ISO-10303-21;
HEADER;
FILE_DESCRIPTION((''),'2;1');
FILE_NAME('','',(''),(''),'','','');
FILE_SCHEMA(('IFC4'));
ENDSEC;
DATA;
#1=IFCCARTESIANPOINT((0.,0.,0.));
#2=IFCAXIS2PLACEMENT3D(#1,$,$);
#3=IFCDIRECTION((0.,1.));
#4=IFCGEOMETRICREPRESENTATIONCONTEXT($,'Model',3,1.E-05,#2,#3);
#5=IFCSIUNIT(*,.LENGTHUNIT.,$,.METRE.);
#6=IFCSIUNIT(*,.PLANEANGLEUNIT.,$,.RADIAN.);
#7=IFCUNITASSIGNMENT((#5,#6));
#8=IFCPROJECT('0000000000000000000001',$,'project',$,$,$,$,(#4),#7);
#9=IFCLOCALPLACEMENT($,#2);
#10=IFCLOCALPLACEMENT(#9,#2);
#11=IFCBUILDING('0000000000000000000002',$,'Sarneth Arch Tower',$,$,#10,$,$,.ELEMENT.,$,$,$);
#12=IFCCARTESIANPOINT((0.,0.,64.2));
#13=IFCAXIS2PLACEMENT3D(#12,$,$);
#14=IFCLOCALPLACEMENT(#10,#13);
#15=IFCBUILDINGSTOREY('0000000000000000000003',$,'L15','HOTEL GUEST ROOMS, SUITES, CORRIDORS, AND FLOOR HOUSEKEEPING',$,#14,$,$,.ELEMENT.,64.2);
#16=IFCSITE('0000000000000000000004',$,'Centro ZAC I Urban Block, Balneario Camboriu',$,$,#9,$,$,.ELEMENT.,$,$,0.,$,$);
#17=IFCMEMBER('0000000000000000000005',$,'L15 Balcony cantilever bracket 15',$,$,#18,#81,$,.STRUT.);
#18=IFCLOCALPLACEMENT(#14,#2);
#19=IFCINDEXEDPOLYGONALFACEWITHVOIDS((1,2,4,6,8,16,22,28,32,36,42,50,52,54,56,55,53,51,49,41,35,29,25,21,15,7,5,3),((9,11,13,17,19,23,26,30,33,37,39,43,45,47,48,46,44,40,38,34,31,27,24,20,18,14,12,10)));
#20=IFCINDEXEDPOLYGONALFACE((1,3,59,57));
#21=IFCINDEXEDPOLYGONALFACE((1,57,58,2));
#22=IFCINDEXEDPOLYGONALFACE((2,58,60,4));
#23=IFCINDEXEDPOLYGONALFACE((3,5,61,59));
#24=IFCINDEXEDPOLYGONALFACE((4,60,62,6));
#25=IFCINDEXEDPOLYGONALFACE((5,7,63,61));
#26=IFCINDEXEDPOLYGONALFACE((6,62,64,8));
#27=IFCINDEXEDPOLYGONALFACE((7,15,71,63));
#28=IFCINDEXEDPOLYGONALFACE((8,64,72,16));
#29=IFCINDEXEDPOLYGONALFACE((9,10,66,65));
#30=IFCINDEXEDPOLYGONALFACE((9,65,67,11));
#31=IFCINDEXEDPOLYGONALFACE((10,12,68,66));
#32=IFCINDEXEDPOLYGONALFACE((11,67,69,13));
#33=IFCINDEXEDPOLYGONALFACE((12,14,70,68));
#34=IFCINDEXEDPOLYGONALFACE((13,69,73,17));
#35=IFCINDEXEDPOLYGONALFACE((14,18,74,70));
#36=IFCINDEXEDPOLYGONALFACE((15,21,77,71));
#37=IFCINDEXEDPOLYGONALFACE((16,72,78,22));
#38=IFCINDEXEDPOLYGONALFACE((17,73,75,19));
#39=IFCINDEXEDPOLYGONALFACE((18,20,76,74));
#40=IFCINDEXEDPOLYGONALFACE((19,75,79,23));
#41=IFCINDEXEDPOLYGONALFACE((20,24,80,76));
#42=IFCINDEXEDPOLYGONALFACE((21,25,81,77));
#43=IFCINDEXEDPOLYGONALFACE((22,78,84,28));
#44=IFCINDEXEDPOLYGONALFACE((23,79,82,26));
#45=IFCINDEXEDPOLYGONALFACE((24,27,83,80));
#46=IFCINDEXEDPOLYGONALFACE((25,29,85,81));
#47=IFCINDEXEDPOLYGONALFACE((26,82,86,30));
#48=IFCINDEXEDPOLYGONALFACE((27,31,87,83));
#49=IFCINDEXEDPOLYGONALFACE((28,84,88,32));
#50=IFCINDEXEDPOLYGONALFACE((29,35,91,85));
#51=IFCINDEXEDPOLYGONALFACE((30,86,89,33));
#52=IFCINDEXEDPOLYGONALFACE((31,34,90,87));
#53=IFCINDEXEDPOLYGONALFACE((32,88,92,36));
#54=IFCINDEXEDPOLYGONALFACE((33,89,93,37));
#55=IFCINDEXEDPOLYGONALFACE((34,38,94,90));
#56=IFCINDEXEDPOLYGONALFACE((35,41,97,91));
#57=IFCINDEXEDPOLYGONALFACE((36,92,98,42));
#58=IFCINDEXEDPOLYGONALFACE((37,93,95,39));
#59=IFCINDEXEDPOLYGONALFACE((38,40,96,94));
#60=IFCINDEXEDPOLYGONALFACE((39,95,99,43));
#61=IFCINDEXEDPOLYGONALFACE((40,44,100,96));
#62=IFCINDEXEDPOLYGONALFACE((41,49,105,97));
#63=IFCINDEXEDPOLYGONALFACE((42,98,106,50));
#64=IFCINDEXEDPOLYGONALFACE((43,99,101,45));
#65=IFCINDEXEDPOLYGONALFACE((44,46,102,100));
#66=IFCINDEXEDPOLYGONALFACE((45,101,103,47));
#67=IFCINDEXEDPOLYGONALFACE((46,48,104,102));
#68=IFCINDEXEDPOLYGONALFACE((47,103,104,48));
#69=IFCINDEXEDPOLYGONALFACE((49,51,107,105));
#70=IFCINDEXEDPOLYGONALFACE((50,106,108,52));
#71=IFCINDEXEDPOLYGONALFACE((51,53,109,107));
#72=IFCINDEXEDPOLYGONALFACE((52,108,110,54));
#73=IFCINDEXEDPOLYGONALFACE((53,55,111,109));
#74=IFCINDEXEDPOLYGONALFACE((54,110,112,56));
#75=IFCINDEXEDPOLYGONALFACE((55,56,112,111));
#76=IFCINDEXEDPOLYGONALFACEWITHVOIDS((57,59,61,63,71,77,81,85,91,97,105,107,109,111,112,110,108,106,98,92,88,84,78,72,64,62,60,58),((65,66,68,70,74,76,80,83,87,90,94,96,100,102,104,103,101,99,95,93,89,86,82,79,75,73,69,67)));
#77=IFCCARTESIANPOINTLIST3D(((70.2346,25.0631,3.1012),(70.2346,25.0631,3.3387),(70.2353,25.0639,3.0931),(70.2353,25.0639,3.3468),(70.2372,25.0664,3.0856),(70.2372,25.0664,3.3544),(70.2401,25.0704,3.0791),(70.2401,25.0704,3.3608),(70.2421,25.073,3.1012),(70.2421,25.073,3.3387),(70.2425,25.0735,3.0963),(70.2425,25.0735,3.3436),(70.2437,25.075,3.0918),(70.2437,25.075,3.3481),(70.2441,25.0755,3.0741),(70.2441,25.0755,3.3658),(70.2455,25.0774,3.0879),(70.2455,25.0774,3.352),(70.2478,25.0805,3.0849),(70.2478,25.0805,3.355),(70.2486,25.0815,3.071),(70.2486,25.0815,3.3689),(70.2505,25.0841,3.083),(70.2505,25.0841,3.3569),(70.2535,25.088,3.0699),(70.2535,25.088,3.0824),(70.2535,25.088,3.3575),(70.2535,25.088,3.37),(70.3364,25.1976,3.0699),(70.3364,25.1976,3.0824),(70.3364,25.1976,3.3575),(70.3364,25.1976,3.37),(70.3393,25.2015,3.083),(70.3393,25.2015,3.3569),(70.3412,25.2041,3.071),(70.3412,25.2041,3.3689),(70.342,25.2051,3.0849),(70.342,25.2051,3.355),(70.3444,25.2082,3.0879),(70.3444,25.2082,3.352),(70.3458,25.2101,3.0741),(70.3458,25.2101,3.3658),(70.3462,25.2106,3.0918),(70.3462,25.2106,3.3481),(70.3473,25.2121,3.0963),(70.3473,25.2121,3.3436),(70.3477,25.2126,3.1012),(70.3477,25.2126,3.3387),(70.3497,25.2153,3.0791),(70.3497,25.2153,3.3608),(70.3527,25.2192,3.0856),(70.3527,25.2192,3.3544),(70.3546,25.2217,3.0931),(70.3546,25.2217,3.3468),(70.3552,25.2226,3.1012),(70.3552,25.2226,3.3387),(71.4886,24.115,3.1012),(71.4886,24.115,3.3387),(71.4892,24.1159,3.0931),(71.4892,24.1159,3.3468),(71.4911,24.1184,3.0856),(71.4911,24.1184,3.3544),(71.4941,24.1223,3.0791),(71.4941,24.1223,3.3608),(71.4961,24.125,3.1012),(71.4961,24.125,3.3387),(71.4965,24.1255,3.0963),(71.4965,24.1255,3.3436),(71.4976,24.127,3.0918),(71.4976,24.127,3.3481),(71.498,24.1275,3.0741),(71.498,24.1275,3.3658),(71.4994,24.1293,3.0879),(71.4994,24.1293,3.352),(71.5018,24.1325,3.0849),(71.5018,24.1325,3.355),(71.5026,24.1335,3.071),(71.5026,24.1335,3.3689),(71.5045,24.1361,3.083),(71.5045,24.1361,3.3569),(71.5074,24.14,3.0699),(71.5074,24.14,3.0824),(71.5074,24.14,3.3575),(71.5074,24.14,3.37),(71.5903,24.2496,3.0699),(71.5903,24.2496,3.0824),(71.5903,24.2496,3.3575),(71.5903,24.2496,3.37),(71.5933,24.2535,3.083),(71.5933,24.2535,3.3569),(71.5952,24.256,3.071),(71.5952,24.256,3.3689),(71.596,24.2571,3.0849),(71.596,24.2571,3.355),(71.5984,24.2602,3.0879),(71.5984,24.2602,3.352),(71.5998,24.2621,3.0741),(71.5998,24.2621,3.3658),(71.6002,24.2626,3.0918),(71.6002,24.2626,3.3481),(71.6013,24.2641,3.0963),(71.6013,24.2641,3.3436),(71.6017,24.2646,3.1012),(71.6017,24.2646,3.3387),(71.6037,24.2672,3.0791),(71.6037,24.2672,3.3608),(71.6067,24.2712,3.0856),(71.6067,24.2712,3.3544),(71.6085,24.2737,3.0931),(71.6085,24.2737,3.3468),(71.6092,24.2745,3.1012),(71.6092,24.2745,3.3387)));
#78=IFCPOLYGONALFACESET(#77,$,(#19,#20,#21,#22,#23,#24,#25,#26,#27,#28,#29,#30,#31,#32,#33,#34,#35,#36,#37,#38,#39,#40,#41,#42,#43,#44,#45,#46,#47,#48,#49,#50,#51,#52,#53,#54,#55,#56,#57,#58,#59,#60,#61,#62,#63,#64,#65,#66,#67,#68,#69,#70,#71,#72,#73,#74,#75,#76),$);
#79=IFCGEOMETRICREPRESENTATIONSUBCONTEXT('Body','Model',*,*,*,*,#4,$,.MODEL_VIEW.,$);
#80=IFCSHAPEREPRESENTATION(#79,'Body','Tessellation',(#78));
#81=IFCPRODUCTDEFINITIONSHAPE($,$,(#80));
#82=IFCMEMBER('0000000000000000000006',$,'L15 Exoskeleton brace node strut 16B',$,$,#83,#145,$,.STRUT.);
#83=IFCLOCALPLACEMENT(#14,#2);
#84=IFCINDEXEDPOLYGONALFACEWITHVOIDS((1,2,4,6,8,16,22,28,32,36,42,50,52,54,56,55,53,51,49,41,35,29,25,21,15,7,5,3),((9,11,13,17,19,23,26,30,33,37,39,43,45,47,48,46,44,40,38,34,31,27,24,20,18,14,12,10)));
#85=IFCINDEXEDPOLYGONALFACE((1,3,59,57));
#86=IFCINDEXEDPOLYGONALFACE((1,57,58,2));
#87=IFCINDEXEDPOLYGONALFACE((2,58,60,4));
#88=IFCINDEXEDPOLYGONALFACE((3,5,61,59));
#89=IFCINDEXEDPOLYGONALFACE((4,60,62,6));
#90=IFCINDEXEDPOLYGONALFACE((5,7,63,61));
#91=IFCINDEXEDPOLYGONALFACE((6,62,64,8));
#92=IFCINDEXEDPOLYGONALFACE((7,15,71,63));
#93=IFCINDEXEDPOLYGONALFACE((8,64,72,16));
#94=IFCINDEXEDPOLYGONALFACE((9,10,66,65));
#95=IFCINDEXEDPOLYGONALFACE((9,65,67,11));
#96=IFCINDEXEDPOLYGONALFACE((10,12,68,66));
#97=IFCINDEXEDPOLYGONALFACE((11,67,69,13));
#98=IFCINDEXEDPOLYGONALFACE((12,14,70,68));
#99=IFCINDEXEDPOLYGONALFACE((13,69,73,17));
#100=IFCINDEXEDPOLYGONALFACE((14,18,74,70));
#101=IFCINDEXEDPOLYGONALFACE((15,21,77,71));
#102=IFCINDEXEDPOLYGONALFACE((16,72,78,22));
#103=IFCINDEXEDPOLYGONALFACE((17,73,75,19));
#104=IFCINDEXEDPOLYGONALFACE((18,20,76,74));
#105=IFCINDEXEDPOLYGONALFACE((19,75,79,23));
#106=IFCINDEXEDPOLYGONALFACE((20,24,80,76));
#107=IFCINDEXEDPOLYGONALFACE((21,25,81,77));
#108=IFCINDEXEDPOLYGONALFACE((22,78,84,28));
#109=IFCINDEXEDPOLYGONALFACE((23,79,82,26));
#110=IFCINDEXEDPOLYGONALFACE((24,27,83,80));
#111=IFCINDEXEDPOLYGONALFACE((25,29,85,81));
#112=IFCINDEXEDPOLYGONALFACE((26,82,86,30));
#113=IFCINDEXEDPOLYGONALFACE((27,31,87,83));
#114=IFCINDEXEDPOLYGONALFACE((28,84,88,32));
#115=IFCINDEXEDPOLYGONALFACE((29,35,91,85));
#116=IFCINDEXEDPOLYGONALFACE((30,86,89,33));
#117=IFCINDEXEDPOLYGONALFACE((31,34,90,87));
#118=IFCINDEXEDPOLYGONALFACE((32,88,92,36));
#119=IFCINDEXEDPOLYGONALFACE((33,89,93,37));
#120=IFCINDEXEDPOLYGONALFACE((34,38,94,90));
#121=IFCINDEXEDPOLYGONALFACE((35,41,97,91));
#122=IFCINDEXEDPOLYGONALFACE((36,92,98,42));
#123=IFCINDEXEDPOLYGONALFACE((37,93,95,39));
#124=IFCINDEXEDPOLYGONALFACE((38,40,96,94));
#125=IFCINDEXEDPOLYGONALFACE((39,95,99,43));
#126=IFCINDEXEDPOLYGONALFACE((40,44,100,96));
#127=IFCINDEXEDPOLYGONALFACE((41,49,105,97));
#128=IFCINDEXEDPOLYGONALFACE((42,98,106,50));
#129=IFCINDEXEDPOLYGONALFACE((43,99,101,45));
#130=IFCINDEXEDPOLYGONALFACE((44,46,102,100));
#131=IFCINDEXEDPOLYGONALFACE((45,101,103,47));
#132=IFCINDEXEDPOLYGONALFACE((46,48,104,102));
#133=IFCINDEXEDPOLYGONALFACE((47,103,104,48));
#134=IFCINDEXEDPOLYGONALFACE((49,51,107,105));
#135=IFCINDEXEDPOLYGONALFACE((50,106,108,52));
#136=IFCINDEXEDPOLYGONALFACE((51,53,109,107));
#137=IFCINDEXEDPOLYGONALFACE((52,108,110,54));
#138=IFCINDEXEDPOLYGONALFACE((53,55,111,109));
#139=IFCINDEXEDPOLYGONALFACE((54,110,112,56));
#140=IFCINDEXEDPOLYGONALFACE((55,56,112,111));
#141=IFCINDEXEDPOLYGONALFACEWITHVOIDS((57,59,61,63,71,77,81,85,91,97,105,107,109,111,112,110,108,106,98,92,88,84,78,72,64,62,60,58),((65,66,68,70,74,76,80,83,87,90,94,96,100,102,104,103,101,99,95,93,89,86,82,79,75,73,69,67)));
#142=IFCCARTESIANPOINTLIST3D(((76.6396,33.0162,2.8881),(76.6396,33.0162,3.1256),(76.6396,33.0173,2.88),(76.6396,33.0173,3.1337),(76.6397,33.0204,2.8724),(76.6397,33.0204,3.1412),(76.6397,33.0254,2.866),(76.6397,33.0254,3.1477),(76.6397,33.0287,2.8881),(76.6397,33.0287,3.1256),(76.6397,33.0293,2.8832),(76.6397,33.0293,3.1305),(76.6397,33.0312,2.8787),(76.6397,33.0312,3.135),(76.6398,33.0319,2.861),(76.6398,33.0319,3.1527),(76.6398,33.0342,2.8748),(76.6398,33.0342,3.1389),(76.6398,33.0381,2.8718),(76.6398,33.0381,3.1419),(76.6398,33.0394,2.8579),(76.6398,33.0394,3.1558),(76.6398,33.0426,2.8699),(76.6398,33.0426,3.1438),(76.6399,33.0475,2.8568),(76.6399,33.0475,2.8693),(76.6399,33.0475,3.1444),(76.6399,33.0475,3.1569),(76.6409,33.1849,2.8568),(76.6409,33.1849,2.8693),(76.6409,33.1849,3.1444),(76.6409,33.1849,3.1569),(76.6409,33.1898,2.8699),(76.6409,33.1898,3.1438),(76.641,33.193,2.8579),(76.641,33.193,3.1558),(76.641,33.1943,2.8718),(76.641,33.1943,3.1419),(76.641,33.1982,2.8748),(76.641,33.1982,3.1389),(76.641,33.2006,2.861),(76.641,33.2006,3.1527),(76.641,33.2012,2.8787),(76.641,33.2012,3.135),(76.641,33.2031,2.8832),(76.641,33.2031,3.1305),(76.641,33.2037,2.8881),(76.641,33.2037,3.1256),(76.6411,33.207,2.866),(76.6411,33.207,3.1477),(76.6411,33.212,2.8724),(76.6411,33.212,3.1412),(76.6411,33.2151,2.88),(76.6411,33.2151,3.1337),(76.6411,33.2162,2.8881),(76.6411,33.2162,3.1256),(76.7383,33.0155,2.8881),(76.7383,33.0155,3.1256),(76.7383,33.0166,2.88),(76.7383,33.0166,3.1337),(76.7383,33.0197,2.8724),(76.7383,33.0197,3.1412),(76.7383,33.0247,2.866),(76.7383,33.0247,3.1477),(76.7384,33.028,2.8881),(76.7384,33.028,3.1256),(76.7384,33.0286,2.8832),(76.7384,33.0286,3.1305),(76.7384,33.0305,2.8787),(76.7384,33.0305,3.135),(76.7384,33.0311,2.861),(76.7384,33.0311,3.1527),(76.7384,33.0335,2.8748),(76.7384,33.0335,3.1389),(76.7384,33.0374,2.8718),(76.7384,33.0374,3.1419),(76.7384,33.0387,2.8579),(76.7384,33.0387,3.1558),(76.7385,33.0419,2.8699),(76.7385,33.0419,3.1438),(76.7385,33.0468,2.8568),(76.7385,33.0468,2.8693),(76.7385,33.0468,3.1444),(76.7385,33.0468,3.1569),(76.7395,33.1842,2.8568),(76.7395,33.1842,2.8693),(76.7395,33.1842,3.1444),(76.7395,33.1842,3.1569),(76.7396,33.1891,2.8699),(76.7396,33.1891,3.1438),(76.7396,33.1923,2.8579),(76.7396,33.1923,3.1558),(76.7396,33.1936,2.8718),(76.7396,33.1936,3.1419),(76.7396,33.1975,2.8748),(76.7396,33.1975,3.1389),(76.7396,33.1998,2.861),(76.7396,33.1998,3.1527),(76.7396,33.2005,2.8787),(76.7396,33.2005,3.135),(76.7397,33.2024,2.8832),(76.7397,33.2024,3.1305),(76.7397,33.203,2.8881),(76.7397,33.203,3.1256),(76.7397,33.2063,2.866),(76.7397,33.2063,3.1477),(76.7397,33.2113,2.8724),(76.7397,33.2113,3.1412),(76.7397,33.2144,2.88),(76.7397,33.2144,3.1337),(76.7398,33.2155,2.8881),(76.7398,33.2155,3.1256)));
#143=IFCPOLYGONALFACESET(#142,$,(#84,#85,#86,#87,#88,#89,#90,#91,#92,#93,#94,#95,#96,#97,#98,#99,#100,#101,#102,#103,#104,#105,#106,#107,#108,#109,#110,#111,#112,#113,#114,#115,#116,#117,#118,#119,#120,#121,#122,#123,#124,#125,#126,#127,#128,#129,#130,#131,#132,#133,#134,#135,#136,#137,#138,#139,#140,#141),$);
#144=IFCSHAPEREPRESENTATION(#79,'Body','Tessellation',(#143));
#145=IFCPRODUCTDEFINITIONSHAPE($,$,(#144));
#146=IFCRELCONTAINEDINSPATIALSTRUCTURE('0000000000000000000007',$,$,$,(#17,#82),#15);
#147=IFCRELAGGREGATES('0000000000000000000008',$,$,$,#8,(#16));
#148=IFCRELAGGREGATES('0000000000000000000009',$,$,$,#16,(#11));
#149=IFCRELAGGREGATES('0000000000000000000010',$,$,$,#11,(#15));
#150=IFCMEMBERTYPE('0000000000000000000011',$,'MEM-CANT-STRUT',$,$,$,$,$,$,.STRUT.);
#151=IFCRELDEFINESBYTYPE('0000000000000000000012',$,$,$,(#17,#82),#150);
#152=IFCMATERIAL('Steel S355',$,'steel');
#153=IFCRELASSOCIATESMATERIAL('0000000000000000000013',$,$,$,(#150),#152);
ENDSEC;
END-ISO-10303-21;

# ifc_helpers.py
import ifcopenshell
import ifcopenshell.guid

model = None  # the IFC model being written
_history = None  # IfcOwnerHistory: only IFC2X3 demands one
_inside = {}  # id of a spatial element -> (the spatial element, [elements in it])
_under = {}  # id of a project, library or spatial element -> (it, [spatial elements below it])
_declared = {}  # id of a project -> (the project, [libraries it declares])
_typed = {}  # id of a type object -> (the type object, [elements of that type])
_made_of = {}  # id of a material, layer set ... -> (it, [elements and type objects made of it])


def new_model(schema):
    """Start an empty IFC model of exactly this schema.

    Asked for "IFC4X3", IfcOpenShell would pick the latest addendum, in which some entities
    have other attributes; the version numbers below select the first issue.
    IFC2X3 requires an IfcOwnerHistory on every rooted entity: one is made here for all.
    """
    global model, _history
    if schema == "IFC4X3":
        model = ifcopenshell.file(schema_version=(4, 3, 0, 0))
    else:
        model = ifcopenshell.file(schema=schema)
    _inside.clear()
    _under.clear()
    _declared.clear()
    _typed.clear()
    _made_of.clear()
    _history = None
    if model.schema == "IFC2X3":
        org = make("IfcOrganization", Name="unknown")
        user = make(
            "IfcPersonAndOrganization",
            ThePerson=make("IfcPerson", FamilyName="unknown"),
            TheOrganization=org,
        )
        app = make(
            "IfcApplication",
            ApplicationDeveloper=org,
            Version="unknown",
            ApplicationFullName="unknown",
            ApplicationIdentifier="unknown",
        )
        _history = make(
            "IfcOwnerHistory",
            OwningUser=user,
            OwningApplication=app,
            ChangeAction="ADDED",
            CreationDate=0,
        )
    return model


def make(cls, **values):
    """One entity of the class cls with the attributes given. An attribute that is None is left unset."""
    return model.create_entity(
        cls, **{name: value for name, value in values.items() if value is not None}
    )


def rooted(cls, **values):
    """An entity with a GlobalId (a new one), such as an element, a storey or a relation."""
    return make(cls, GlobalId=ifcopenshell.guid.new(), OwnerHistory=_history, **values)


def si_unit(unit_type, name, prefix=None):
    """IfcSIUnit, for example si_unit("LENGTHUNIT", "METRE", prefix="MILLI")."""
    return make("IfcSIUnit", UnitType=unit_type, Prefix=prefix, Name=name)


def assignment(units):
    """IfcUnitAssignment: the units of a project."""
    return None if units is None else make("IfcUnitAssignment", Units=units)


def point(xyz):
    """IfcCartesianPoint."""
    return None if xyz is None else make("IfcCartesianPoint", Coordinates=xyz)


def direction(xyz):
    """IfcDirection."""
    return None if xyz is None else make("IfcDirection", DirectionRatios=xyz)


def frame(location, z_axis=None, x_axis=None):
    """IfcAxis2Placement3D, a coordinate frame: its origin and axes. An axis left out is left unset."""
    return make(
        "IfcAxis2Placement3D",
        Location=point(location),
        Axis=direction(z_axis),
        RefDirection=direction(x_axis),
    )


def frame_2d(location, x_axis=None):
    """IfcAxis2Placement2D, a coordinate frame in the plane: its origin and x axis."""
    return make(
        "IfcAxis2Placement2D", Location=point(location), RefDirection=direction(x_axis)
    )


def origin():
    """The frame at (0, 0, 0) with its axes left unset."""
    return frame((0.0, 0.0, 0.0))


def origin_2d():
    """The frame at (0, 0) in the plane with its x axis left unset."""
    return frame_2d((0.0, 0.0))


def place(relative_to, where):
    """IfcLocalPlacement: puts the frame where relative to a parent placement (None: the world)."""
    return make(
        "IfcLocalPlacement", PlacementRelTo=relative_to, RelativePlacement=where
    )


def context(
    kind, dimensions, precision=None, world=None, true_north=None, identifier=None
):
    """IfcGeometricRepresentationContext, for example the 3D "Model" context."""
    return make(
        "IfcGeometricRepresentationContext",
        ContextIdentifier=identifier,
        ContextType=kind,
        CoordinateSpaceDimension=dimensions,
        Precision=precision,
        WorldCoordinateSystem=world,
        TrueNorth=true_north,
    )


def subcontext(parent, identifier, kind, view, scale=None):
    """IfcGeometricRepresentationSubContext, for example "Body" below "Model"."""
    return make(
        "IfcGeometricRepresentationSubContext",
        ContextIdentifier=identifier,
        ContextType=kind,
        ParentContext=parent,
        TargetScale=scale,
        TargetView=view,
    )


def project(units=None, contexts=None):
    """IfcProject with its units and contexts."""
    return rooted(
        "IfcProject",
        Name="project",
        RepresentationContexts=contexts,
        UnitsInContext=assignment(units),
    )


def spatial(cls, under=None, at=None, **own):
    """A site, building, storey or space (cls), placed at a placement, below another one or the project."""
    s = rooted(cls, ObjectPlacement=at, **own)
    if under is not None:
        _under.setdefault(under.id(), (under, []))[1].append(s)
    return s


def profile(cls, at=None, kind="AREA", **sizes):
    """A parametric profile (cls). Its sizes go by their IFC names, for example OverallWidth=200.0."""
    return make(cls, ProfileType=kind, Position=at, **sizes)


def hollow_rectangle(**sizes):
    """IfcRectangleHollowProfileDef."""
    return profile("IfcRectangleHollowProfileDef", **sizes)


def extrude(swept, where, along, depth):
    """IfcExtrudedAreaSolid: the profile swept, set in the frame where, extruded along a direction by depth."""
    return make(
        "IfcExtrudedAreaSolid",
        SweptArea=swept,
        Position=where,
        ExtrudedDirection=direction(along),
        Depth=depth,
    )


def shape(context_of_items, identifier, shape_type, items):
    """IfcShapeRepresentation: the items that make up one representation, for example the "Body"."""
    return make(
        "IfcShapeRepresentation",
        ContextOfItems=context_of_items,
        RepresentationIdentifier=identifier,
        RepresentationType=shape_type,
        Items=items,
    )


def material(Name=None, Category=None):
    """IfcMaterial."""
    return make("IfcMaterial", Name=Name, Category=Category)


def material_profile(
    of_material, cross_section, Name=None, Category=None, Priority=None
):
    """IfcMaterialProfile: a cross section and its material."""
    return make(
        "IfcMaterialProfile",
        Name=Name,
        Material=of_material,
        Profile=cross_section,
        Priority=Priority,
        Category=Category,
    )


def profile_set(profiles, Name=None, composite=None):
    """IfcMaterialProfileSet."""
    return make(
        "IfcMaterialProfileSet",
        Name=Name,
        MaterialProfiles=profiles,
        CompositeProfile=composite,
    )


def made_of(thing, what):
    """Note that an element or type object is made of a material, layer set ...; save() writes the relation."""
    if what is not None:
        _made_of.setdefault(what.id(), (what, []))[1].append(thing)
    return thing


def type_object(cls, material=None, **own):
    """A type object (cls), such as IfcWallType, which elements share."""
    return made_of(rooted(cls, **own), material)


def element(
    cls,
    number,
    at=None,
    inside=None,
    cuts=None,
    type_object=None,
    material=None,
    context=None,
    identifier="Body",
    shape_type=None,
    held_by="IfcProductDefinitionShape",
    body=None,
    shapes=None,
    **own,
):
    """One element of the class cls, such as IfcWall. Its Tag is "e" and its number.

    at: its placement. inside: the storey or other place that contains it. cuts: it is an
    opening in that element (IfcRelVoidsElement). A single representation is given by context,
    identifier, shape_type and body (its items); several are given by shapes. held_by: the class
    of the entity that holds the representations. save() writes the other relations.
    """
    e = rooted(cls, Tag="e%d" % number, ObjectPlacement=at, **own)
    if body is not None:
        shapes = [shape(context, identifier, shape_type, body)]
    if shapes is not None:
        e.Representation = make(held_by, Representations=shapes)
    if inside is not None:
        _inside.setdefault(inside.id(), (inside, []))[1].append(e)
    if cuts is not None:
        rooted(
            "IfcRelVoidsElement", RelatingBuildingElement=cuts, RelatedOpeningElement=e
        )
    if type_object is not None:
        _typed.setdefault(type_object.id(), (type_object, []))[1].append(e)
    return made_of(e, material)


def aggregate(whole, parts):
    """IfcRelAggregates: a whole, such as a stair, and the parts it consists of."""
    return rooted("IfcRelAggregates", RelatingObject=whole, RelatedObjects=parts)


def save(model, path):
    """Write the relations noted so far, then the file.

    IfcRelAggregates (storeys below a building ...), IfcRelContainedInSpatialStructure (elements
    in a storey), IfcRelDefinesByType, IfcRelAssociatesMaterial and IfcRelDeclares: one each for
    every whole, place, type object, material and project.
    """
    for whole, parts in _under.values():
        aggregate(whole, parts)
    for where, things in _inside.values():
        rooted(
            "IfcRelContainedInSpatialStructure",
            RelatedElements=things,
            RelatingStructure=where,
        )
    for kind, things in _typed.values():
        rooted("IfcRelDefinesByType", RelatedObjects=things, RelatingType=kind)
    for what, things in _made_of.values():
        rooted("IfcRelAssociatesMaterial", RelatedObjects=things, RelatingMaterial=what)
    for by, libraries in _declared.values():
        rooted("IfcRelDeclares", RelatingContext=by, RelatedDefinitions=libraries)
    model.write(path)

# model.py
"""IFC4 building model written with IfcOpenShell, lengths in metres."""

from ifc_helpers import new_model, si_unit, direction, frame, origin, origin_2d, place, context, subcontext, project, spatial, hollow_rectangle, extrude, material, material_profile, profile_set, type_object, element, save


model = new_model("IFC4")

# Units and contexts
model_context = context("Model", 3, precision=1e-05, world=origin(), true_north=direction((0.0, 1.0)))
body_context = subcontext(model_context, "Body", "Model", "MODEL_VIEW")
ifc_project = project(units=[si_unit("LENGTHUNIT", "METRE"), si_unit("PLANEANGLEUNIT", "RADIAN")], contexts=[model_context])

# Site, building, storey
site_placement = place(None, origin())
site = spatial("IfcSite", under=ifc_project, at=site_placement, Name="Centro ZAC I Urban Block, Balneario Camboriu", CompositionType="ELEMENT", RefElevation=0.0)
building_placement = place(site_placement, origin())
building = spatial("IfcBuilding", under=site, at=building_placement, Name="Sarneth Arch Tower", CompositionType="ELEMENT")
storey_placement = place(building_placement, frame((0.0, 0.0, 64.2)))
storey = spatial("IfcBuildingStorey", under=building, at=storey_placement, Name="L15", Description="HOTEL GUEST ROOMS, SUITES, CORRIDORS, AND FLOOR HOUSEKEEPING", CompositionType="ELEMENT", Elevation=64.2)

# Members
ifc_material_1 = material(Name="Steel S355", Category="steel")
ifc_material_profile_1 = material_profile(ifc_material_1, hollow_rectangle(XDim=0.2, YDim=0.3, WallThickness=0.0125, InnerFilletRadius=0.0188, OuterFilletRadius=0.0312, at=origin_2d()), Name="RHS300x200x12.5")
ifc_profile_set_1 = profile_set([ifc_material_profile_1], Name="Steel S355")
member_type_1 = type_object("IfcMemberType", Name="MEM-CANT-STRUT", PredefinedType="STRUT", material=ifc_profile_set_1)
member_1_placement = place(storey_placement, frame((70.2949, 25.1428, 3.22), z_axis=(0.797683, -0.603077, 0.0), x_axis=(0.603077, 0.797683, 0.0)))
element("IfcMember", 1, at=member_1_placement, inside=storey, type_object=member_type_1, Name="L15 Balcony cantilever bracket 15", PredefinedType="STRUT", context=body_context, shape_type="SweptSolid", body=[
    extrude(hollow_rectangle(XDim=0.2, YDim=0.3, WallThickness=0.0125, InnerFilletRadius=0.0188, OuterFilletRadius=0.0312, at=origin_2d()), origin(), (0.0, 0.0, 1.0), 1.572),
])
member_2_placement = place(storey_placement, frame((76.6404, 33.1162, 3.0068), z_axis=(0.999972, -0.007426, 0.0), x_axis=(0.007426, 0.999972, 0.0)))
element("IfcMember", 2, at=member_2_placement, inside=storey, type_object=member_type_1, Name="L15 Exoskeleton brace node strut 16B", PredefinedType="STRUT", context=body_context, shape_type="SweptSolid", body=[
    extrude(hollow_rectangle(XDim=0.2, YDim=0.3, WallThickness=0.0125, InnerFilletRadius=0.0188, OuterFilletRadius=0.0312, at=origin_2d()), origin(), (0.0, 0.0, 1.0), 0.0986),
])

save(model, "model.ifc")
